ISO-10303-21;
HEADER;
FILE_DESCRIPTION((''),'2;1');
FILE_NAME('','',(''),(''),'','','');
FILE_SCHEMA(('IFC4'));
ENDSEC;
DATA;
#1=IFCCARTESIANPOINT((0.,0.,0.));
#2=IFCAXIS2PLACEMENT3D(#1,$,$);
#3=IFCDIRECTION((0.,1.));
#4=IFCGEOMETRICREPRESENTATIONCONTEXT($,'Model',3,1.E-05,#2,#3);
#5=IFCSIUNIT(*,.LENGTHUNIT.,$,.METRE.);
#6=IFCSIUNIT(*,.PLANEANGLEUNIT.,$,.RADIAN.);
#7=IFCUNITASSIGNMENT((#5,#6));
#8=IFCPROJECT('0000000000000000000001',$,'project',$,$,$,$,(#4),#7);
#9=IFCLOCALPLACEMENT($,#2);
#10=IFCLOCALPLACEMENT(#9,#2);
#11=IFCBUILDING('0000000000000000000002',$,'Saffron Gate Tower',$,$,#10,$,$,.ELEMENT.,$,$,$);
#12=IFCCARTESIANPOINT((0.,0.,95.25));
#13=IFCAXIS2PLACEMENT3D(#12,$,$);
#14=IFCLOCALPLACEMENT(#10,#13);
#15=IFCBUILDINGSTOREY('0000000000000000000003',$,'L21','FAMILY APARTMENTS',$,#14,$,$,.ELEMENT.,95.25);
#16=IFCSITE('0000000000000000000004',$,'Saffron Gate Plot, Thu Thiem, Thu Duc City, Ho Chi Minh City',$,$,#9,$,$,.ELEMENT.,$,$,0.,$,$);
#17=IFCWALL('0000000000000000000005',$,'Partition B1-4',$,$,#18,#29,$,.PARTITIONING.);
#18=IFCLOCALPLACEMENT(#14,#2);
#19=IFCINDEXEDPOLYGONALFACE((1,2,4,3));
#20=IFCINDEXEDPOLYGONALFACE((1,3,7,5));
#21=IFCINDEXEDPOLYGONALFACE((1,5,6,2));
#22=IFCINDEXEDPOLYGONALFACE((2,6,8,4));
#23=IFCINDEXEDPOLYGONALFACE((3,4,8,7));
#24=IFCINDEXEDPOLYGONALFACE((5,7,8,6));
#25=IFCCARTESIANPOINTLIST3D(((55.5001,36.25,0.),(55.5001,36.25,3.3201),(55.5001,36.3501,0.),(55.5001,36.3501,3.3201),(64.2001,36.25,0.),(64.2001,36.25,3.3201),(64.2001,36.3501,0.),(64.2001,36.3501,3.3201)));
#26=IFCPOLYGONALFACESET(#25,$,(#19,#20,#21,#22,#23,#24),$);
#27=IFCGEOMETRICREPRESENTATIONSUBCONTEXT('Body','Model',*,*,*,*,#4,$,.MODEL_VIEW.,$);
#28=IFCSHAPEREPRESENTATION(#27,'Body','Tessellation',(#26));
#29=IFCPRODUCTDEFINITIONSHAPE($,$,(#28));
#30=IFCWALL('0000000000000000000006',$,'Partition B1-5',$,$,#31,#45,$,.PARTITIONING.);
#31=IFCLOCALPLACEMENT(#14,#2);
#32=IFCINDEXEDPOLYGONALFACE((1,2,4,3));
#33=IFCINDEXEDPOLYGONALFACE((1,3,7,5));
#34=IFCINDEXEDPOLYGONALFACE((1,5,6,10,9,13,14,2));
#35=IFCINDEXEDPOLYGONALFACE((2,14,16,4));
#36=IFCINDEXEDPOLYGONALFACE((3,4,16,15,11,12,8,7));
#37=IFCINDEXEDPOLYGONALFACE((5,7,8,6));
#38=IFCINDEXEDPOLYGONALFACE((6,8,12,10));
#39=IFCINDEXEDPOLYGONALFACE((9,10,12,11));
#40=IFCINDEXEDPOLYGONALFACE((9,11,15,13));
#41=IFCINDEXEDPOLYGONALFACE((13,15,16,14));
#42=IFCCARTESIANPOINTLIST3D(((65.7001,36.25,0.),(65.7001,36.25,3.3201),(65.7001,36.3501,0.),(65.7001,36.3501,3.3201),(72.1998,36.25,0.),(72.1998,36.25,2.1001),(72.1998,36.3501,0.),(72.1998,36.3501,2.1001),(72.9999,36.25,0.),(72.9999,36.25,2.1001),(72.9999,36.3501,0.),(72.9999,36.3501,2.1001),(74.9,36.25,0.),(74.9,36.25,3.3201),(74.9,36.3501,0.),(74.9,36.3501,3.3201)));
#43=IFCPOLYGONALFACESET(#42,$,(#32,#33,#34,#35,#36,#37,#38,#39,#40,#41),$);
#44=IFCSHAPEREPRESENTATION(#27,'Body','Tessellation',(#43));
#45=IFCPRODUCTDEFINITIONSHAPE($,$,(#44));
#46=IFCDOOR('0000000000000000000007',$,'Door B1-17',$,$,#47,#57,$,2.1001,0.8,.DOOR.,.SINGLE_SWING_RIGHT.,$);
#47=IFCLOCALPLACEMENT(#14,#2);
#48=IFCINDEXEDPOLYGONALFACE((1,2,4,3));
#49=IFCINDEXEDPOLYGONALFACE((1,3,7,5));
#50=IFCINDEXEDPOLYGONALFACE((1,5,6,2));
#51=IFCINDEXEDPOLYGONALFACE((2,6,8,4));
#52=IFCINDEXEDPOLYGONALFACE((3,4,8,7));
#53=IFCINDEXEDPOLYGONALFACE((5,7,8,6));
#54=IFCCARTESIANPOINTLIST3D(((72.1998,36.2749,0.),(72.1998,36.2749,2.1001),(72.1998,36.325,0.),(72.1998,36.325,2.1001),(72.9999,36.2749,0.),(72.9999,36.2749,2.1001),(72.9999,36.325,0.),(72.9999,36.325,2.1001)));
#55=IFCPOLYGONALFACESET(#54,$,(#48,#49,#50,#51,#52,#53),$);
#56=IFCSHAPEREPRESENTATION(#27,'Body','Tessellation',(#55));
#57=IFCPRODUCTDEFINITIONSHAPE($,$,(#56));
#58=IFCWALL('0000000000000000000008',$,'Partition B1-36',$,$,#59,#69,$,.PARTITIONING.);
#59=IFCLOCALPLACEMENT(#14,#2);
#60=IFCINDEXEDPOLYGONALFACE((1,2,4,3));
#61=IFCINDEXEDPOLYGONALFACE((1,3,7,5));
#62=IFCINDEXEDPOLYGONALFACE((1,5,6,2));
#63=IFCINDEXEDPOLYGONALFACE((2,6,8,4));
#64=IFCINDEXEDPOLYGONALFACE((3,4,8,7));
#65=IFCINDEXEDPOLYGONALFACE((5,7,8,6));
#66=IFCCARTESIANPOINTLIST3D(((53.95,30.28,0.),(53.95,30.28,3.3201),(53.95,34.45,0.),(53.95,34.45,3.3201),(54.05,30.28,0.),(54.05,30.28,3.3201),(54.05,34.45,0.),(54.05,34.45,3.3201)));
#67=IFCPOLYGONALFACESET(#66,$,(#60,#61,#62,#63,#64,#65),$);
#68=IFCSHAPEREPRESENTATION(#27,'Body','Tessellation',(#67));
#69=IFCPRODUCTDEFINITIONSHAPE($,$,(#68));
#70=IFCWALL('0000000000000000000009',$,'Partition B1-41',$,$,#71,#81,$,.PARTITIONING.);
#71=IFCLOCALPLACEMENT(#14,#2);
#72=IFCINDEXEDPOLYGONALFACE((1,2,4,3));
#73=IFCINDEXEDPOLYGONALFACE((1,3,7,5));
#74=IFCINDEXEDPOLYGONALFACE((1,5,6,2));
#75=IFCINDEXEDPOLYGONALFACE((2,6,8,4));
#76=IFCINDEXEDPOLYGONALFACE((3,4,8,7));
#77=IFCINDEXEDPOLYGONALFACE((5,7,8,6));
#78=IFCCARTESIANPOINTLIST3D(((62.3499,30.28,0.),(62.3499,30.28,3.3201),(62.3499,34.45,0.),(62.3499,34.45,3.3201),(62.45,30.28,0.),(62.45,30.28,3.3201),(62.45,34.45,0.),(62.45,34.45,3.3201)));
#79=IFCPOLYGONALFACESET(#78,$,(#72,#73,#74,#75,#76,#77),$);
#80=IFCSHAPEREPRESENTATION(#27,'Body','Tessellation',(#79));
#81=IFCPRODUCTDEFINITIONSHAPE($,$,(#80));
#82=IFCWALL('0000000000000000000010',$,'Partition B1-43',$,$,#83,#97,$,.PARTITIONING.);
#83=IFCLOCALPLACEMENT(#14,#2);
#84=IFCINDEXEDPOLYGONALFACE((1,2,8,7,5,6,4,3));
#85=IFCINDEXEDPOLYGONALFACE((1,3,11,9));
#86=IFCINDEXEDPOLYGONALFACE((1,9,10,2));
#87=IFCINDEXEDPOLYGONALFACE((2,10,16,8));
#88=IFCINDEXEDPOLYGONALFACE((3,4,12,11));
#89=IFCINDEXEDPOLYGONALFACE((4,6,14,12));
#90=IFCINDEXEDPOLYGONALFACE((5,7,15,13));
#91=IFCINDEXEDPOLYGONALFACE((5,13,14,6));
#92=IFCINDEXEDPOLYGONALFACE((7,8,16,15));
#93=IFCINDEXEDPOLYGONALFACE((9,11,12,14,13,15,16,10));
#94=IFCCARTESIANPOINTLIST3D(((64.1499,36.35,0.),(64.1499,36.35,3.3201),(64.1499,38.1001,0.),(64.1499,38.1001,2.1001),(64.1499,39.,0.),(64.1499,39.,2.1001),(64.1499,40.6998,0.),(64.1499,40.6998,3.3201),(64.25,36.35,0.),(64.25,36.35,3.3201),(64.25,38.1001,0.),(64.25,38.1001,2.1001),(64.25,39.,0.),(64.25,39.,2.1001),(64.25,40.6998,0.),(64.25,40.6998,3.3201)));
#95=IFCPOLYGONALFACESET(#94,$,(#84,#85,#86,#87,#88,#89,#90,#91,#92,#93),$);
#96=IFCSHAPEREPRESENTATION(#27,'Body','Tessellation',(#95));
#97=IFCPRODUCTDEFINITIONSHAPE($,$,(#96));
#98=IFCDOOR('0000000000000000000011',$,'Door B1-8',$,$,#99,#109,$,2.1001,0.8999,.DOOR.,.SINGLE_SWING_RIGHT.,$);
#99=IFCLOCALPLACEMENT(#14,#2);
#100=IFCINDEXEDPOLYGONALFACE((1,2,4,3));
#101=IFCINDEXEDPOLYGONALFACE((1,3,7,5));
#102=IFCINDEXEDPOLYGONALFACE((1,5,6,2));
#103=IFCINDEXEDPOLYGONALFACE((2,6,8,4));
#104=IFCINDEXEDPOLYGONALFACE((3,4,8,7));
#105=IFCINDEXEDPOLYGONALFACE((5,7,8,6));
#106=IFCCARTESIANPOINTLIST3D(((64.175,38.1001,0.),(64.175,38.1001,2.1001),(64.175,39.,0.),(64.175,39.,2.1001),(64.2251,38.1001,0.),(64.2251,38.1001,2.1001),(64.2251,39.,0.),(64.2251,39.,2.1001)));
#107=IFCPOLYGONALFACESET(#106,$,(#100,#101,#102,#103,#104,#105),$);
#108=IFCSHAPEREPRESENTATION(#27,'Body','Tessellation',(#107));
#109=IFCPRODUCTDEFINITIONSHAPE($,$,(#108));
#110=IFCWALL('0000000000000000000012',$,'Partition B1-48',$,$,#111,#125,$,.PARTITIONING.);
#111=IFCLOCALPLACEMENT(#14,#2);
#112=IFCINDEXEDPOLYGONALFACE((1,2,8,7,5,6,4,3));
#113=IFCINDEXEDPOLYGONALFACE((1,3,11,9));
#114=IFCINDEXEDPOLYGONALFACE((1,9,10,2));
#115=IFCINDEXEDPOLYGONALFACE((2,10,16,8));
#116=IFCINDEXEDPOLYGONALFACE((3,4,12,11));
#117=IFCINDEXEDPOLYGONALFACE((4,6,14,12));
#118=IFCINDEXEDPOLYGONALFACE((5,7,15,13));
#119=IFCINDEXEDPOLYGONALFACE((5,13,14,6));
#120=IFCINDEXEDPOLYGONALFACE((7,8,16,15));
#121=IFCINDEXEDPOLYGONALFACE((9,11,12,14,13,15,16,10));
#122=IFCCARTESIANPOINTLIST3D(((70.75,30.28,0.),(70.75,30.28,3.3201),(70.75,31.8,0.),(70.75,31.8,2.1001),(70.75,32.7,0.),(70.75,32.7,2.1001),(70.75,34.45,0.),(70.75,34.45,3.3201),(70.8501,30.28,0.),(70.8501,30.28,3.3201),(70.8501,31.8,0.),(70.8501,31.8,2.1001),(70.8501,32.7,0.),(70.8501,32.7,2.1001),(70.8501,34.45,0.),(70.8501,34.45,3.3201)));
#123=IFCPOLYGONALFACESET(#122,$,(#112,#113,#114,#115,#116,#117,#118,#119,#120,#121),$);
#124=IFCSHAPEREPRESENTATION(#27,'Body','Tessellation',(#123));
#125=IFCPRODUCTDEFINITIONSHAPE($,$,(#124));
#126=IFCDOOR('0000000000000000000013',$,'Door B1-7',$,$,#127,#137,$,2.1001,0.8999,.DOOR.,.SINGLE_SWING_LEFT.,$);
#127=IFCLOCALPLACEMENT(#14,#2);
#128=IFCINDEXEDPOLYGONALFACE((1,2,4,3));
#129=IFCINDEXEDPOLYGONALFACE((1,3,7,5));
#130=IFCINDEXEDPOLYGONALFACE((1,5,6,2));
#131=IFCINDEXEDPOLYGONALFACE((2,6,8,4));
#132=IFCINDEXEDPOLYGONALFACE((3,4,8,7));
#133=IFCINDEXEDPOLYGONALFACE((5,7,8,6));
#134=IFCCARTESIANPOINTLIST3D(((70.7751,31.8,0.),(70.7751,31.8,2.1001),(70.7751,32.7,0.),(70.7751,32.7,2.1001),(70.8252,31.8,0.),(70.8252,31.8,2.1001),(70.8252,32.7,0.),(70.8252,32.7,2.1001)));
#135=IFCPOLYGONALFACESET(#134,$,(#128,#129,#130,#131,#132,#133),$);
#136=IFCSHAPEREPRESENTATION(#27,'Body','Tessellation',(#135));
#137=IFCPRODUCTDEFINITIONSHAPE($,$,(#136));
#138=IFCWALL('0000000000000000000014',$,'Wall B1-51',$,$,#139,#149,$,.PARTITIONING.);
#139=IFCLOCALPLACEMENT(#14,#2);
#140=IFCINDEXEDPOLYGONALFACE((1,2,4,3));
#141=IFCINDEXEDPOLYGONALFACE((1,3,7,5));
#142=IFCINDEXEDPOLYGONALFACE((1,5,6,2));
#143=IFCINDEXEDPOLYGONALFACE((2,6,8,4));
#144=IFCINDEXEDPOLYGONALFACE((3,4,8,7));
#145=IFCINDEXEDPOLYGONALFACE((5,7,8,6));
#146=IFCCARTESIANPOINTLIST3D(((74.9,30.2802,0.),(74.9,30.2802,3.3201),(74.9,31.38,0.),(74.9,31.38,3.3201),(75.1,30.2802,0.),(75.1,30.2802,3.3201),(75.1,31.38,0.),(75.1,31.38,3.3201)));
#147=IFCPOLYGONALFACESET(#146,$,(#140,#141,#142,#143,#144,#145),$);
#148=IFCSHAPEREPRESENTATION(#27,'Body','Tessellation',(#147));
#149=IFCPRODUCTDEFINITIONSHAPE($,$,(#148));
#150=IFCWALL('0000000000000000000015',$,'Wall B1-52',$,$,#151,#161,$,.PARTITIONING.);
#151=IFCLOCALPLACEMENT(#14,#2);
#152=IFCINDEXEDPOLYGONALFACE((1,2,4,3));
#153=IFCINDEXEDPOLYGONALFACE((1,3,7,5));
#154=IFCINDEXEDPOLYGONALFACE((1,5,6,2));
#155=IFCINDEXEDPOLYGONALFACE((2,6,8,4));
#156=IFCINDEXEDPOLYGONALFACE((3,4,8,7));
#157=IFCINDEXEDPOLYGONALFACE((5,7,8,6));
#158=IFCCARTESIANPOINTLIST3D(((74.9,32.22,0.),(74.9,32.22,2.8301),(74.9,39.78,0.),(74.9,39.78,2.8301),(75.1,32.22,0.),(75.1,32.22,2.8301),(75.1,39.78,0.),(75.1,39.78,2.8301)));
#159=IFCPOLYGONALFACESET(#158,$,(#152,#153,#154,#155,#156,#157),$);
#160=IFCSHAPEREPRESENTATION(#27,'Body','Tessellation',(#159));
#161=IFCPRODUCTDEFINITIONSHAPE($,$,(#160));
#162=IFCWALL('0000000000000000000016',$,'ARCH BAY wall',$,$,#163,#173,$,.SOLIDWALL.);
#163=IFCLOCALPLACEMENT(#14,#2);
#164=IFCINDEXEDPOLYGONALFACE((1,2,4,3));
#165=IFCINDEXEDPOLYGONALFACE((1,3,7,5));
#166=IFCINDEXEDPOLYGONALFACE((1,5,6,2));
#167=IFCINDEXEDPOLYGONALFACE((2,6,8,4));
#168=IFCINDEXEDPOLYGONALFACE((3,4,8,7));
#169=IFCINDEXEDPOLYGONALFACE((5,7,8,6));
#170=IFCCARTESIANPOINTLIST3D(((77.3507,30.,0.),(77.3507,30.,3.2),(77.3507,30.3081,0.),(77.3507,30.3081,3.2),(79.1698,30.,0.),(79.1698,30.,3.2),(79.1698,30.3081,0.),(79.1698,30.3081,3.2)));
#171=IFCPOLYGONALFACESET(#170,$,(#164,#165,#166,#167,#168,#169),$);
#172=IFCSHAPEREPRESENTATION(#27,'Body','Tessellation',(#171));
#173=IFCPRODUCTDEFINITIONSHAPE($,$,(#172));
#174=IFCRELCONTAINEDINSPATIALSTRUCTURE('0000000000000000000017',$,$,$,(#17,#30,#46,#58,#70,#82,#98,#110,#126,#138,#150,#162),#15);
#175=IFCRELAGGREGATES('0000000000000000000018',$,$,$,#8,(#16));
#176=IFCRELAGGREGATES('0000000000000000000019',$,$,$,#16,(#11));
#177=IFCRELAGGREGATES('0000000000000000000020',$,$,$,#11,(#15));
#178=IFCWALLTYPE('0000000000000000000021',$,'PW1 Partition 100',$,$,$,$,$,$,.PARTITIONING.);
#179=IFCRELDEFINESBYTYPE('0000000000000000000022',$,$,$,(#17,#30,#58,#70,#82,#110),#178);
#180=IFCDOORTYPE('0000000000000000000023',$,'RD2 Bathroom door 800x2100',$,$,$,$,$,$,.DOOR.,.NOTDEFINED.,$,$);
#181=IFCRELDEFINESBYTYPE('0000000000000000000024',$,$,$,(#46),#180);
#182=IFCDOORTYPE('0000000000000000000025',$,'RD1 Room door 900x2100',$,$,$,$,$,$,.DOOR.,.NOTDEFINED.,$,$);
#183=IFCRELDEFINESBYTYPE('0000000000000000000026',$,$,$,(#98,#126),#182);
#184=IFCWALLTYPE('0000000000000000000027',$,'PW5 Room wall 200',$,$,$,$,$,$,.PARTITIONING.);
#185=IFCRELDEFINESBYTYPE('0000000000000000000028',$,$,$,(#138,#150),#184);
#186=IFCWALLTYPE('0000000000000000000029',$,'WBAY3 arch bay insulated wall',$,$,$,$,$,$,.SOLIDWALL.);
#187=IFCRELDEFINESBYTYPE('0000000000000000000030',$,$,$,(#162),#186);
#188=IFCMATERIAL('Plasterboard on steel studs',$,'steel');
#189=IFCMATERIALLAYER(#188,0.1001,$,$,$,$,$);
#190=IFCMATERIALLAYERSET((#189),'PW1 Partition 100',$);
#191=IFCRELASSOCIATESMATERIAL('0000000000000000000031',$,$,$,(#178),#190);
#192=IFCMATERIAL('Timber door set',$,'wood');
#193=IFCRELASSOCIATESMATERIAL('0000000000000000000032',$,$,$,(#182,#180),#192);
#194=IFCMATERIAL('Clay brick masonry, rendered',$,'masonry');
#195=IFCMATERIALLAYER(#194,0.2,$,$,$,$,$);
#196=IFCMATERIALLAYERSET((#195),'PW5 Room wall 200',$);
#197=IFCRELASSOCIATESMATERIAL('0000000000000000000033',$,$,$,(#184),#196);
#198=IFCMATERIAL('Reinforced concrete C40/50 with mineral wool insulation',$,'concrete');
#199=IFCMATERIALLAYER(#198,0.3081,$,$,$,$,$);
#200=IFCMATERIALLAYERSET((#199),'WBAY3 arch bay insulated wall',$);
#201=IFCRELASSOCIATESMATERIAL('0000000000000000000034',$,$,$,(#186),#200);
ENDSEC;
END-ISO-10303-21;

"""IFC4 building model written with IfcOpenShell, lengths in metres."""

from ifc_helpers import new_model, si_unit, direction, frame, frame_2d, origin, place, context, subcontext, project, spatial, rectangle, extrude, material, layer, layer_set, type_object, element, fill, save


model = new_model("IFC4")

# Units and contexts
model_context = context("Model", 3, precision=1e-05, world=origin(), true_north=direction((0.0, 1.0)))
body_context = subcontext(model_context, "Body", "Model", "MODEL_VIEW")
ifc_project = project(units=[si_unit("LENGTHUNIT", "METRE"), si_unit("PLANEANGLEUNIT", "RADIAN")], contexts=[model_context])

# Site, building, storey
site_placement = place(None, origin())
site = spatial("IfcSite", under=ifc_project, at=site_placement, Name="Saffron Gate Plot, Thu Thiem, Thu Duc City, Ho Chi Minh City", CompositionType="ELEMENT", RefElevation=0.0)
building_placement = place(site_placement, origin())
building = spatial("IfcBuilding", under=site, at=building_placement, Name="Saffron Gate Tower", CompositionType="ELEMENT")
storey_placement = place(building_placement, frame((0.0, 0.0, 95.25)))
storey = spatial("IfcBuildingStorey", under=building, at=storey_placement, Name="L21", Description="FAMILY APARTMENTS", CompositionType="ELEMENT", Elevation=95.25)

# Shared definitions
ifc_material_1 = material(Name="Plasterboard on steel studs", Category="steel")
ifc_layer_1 = layer(ifc_material_1, 0.1001)
ifc_layer_set_1 = layer_set([ifc_layer_1], Name="PW1 Partition 100")
wall_type_1 = type_object("IfcWallType", Name="PW1 Partition 100", PredefinedType="PARTITIONING", material=ifc_layer_set_1)
ifc_material_2 = material(Name="Timber door set", Category="wood")
door_type_1 = type_object("IfcDoorType", Name="RD1 Room door 900x2100", OperationType="NOTDEFINED", PredefinedType="DOOR", material=ifc_material_2)

# Wall
wall_1_placement = place(storey_placement, frame((55.5, 36.3, 0.0), z_axis=(0.0, 0.0, 1.0), x_axis=(1.0, 0.0, 0.0)))
element("IfcWall", 1, at=wall_1_placement, inside=storey, type_object=wall_type_1, Name="Partition B1-4", PredefinedType="PARTITIONING", context=body_context, shape_type="SweptSolid", body=[
    extrude(rectangle(XDim=8.7, YDim=0.1001, at=frame_2d((4.3501, 0.0))), origin(), (0.0, 0.0, 1.0), 3.3201),
])

# Wall, opening, door
wall_2_placement = place(storey_placement, frame((65.7, 36.3, 0.0), z_axis=(0.0, 0.0, 1.0), x_axis=(1.0, 0.0, 0.0)))
wall_2 = element("IfcWall", 2, at=wall_2_placement, inside=storey, type_object=wall_type_1, Name="Partition B1-5", PredefinedType="PARTITIONING", context=body_context, shape_type="SweptSolid", body=[
    extrude(rectangle(XDim=9.2, YDim=0.1001, at=frame_2d((4.6001, 0.0))), origin(), (0.0, 0.0, 1.0), 3.3201),
])
opening_1_placement = place(wall_2_placement, frame((6.5, 0.0, 0.0)))
opening_1 = element("IfcOpeningElement", 3, at=opening_1_placement, cuts=wall_2, PredefinedType="OPENING", context=body_context, shape_type="SweptSolid", body=[
    extrude(rectangle(XDim=0.8, YDim=2.1001, at=frame_2d((0.3999, 1.05))), frame((0.0, 0.0601, 0.0), z_axis=(0.0, -1.0, 0.0), x_axis=(1.0, 0.0, 0.0)), (0.0, 0.0, 1.0), 0.1201),
])
door_type_2 = type_object("IfcDoorType", Name="RD2 Bathroom door 800x2100", OperationType="NOTDEFINED", PredefinedType="DOOR", material=ifc_material_2)
door_1_placement = place(opening_1_placement, origin())
door_1 = element("IfcDoor", 4, at=door_1_placement, inside=storey, type_object=door_type_2, Name="Door B1-17", OperationType="SINGLE_SWING_RIGHT", OverallHeight=2.1001, OverallWidth=0.8, PredefinedType="DOOR", context=body_context, shape_type="SweptSolid", body=[
    extrude(rectangle(XDim=0.8, YDim=2.1001, at=frame_2d((0.3999, 1.05))), frame((0.0, 0.0249, 0.0), z_axis=(0.0, -1.0, 0.0), x_axis=(1.0, 0.0, 0.0)), (0.0, 0.0, 1.0), 0.05),
])
fill(opening_1, door_1)

# Walls
for number, where, z_axis, x_axis, name in (
    (5, (54.0, 34.45, 0.0), (0.0, 0.0, 1.0), (0.0, -1.0, 0.0), "Partition B1-36"),
    (6, (62.3999, 34.45, 0.0), (0.0, 0.0, 1.0), (0.0, -1.0, 0.0), "Partition B1-41"),
):
    element("IfcWall", number, at=place(storey_placement, frame(where, z_axis=z_axis, x_axis=x_axis)), inside=storey, type_object=wall_type_1, Name=name, PredefinedType="PARTITIONING", context=body_context, shape_type="SweptSolid", body=[
        extrude(rectangle(XDim=4.1699, YDim=0.1001, at=frame_2d((2.085, 0.0))), origin(), (0.0, 0.0, 1.0), 3.3201),
    ])

# Walls, openings, doors
wall_3_placement = place(storey_placement, frame((64.2, 36.3501, 0.0), z_axis=(0.0, 0.0, 1.0), x_axis=(0.0, 1.0, 0.0)))
wall_3 = element("IfcWall", 7, at=wall_3_placement, inside=storey, type_object=wall_type_1, Name="Partition B1-43", PredefinedType="PARTITIONING", context=body_context, shape_type="SweptSolid", body=[
    extrude(rectangle(XDim=4.3499, YDim=0.1001, at=frame_2d((2.1748, 0.0))), origin(), (0.0, 0.0, 1.0), 3.3201),
])
opening_2_placement = place(wall_3_placement, frame((1.75, 0.0, 0.0)))
opening_2 = element("IfcOpeningElement", 8, at=opening_2_placement, cuts=wall_3, PredefinedType="OPENING", context=body_context, shape_type="SweptSolid", body=[
    extrude(rectangle(XDim=0.8999, YDim=2.1001, at=frame_2d((0.45, 1.05))), frame((0.0, 0.0601, 0.0), z_axis=(0.0, -1.0, 0.0), x_axis=(1.0, 0.0, 0.0)), (0.0, 0.0, 1.0), 0.1201),
])
door_2_placement = place(opening_2_placement, origin())
door_2 = element("IfcDoor", 9, at=door_2_placement, inside=storey, type_object=door_type_1, Name="Door B1-8", OperationType="SINGLE_SWING_RIGHT", OverallHeight=2.1001, OverallWidth=0.8999, PredefinedType="DOOR", context=body_context, shape_type="SweptSolid", body=[
    extrude(rectangle(XDim=0.8999, YDim=2.1001, at=frame_2d((0.45, 1.05))), frame((0.0, 0.0249, 0.0), z_axis=(0.0, -1.0, 0.0), x_axis=(1.0, 0.0, 0.0)), (0.0, 0.0, 1.0), 0.05),
])
fill(opening_2, door_2)
wall_4_placement = place(storey_placement, frame((70.8, 30.28, 0.0), z_axis=(0.0, 0.0, 1.0), x_axis=(0.0, 1.0, 0.0)))
wall_4 = element("IfcWall", 10, at=wall_4_placement, inside=storey, type_object=wall_type_1, Name="Partition B1-48", PredefinedType="PARTITIONING", context=body_context, shape_type="SweptSolid", body=[
    extrude(rectangle(XDim=4.1699, YDim=0.1001, at=frame_2d((2.085, 0.0))), origin(), (0.0, 0.0, 1.0), 3.3201),
])
opening_3_placement = place(wall_4_placement, frame((1.52, 0.0, 0.0)))
opening_3 = element("IfcOpeningElement", 11, at=opening_3_placement, cuts=wall_4, PredefinedType="OPENING", context=body_context, shape_type="SweptSolid", body=[
    extrude(rectangle(XDim=0.8999, YDim=2.1001, at=frame_2d((0.45, 1.05))), frame((0.0, 0.0601, 0.0), z_axis=(0.0, -1.0, 0.0), x_axis=(1.0, 0.0, 0.0)), (0.0, 0.0, 1.0), 0.1201),
])
door_3_placement = place(opening_3_placement, origin())
door_3 = element("IfcDoor", 12, at=door_3_placement, inside=storey, type_object=door_type_1, Name="Door B1-7", OperationType="SINGLE_SWING_LEFT", OverallHeight=2.1001, OverallWidth=0.8999, PredefinedType="DOOR", context=body_context, shape_type="SweptSolid", body=[
    extrude(rectangle(XDim=0.8999, YDim=2.1001, at=frame_2d((0.45, 1.05))), frame((0.0, 0.0249, 0.0), z_axis=(0.0, -1.0, 0.0), x_axis=(1.0, 0.0, 0.0)), (0.0, 0.0, 1.0), 0.05),
])
fill(opening_3, door_3)

# Walls
ifc_material_3 = material(Name="Clay brick masonry, rendered", Category="masonry")
ifc_layer_2 = layer(ifc_material_3, 0.2)
ifc_layer_set_2 = layer_set([ifc_layer_2], Name="PW5 Room wall 200")
wall_type_2 = type_object("IfcWallType", Name="PW5 Room wall 200", PredefinedType="PARTITIONING", material=ifc_layer_set_2)
wall_5_placement = place(storey_placement, frame((75.0, 31.3799, 0.0), z_axis=(0.0, 0.0, 1.0), x_axis=(0.0, -1.0, 0.0)))
element("IfcWall", 13, at=wall_5_placement, inside=storey, type_object=wall_type_2, Name="Wall B1-51", PredefinedType="PARTITIONING", context=body_context, shape_type="SweptSolid", body=[
    extrude(rectangle(XDim=1.0999, YDim=0.2, at=frame_2d((0.5498, 0.0))), origin(), (0.0, 0.0, 1.0), 3.3201),
])
wall_6_placement = place(storey_placement, frame((75.0, 39.78, 0.0), z_axis=(0.0, 0.0, 1.0), x_axis=(0.0, -1.0, 0.0)))
element("IfcWall", 14, at=wall_6_placement, inside=storey, type_object=wall_type_2, Name="Wall B1-52", PredefinedType="PARTITIONING", context=body_context, shape_type="SweptSolid", body=[
    extrude(rectangle(XDim=7.5601, YDim=0.2, at=frame_2d((3.78, 0.0))), origin(), (0.0, 0.0, 1.0), 2.8301),
])
ifc_material_4 = material(Name="Reinforced concrete C40/50 with mineral wool insulation", Category="concrete")
ifc_layer_3 = layer(ifc_material_4, 0.3081)
ifc_layer_set_3 = layer_set([ifc_layer_3], Name="WBAY3 arch bay insulated wall")
wall_type_3 = type_object("IfcWallType", Name="WBAY3 arch bay insulated wall", PredefinedType="SOLIDWALL", material=ifc_layer_set_3)
wall_7_placement = place(storey_placement, frame((79.1699, 30.1541, 0.0), z_axis=(0.0, 0.0, 1.0), x_axis=(-1.0, 0.0, 0.0)))
element("IfcWall", 15, at=wall_7_placement, inside=storey, type_object=wall_type_3, Name="ARCH BAY wall", PredefinedType="SOLIDWALL", context=body_context, shape_type="SweptSolid", body=[
    extrude(rectangle(XDim=1.8191, YDim=0.3081, at=frame_2d((0.9097, 0.0))), origin(), (0.0, 0.0, 1.0), 3.2),
])

save(model, "model.ifc")
